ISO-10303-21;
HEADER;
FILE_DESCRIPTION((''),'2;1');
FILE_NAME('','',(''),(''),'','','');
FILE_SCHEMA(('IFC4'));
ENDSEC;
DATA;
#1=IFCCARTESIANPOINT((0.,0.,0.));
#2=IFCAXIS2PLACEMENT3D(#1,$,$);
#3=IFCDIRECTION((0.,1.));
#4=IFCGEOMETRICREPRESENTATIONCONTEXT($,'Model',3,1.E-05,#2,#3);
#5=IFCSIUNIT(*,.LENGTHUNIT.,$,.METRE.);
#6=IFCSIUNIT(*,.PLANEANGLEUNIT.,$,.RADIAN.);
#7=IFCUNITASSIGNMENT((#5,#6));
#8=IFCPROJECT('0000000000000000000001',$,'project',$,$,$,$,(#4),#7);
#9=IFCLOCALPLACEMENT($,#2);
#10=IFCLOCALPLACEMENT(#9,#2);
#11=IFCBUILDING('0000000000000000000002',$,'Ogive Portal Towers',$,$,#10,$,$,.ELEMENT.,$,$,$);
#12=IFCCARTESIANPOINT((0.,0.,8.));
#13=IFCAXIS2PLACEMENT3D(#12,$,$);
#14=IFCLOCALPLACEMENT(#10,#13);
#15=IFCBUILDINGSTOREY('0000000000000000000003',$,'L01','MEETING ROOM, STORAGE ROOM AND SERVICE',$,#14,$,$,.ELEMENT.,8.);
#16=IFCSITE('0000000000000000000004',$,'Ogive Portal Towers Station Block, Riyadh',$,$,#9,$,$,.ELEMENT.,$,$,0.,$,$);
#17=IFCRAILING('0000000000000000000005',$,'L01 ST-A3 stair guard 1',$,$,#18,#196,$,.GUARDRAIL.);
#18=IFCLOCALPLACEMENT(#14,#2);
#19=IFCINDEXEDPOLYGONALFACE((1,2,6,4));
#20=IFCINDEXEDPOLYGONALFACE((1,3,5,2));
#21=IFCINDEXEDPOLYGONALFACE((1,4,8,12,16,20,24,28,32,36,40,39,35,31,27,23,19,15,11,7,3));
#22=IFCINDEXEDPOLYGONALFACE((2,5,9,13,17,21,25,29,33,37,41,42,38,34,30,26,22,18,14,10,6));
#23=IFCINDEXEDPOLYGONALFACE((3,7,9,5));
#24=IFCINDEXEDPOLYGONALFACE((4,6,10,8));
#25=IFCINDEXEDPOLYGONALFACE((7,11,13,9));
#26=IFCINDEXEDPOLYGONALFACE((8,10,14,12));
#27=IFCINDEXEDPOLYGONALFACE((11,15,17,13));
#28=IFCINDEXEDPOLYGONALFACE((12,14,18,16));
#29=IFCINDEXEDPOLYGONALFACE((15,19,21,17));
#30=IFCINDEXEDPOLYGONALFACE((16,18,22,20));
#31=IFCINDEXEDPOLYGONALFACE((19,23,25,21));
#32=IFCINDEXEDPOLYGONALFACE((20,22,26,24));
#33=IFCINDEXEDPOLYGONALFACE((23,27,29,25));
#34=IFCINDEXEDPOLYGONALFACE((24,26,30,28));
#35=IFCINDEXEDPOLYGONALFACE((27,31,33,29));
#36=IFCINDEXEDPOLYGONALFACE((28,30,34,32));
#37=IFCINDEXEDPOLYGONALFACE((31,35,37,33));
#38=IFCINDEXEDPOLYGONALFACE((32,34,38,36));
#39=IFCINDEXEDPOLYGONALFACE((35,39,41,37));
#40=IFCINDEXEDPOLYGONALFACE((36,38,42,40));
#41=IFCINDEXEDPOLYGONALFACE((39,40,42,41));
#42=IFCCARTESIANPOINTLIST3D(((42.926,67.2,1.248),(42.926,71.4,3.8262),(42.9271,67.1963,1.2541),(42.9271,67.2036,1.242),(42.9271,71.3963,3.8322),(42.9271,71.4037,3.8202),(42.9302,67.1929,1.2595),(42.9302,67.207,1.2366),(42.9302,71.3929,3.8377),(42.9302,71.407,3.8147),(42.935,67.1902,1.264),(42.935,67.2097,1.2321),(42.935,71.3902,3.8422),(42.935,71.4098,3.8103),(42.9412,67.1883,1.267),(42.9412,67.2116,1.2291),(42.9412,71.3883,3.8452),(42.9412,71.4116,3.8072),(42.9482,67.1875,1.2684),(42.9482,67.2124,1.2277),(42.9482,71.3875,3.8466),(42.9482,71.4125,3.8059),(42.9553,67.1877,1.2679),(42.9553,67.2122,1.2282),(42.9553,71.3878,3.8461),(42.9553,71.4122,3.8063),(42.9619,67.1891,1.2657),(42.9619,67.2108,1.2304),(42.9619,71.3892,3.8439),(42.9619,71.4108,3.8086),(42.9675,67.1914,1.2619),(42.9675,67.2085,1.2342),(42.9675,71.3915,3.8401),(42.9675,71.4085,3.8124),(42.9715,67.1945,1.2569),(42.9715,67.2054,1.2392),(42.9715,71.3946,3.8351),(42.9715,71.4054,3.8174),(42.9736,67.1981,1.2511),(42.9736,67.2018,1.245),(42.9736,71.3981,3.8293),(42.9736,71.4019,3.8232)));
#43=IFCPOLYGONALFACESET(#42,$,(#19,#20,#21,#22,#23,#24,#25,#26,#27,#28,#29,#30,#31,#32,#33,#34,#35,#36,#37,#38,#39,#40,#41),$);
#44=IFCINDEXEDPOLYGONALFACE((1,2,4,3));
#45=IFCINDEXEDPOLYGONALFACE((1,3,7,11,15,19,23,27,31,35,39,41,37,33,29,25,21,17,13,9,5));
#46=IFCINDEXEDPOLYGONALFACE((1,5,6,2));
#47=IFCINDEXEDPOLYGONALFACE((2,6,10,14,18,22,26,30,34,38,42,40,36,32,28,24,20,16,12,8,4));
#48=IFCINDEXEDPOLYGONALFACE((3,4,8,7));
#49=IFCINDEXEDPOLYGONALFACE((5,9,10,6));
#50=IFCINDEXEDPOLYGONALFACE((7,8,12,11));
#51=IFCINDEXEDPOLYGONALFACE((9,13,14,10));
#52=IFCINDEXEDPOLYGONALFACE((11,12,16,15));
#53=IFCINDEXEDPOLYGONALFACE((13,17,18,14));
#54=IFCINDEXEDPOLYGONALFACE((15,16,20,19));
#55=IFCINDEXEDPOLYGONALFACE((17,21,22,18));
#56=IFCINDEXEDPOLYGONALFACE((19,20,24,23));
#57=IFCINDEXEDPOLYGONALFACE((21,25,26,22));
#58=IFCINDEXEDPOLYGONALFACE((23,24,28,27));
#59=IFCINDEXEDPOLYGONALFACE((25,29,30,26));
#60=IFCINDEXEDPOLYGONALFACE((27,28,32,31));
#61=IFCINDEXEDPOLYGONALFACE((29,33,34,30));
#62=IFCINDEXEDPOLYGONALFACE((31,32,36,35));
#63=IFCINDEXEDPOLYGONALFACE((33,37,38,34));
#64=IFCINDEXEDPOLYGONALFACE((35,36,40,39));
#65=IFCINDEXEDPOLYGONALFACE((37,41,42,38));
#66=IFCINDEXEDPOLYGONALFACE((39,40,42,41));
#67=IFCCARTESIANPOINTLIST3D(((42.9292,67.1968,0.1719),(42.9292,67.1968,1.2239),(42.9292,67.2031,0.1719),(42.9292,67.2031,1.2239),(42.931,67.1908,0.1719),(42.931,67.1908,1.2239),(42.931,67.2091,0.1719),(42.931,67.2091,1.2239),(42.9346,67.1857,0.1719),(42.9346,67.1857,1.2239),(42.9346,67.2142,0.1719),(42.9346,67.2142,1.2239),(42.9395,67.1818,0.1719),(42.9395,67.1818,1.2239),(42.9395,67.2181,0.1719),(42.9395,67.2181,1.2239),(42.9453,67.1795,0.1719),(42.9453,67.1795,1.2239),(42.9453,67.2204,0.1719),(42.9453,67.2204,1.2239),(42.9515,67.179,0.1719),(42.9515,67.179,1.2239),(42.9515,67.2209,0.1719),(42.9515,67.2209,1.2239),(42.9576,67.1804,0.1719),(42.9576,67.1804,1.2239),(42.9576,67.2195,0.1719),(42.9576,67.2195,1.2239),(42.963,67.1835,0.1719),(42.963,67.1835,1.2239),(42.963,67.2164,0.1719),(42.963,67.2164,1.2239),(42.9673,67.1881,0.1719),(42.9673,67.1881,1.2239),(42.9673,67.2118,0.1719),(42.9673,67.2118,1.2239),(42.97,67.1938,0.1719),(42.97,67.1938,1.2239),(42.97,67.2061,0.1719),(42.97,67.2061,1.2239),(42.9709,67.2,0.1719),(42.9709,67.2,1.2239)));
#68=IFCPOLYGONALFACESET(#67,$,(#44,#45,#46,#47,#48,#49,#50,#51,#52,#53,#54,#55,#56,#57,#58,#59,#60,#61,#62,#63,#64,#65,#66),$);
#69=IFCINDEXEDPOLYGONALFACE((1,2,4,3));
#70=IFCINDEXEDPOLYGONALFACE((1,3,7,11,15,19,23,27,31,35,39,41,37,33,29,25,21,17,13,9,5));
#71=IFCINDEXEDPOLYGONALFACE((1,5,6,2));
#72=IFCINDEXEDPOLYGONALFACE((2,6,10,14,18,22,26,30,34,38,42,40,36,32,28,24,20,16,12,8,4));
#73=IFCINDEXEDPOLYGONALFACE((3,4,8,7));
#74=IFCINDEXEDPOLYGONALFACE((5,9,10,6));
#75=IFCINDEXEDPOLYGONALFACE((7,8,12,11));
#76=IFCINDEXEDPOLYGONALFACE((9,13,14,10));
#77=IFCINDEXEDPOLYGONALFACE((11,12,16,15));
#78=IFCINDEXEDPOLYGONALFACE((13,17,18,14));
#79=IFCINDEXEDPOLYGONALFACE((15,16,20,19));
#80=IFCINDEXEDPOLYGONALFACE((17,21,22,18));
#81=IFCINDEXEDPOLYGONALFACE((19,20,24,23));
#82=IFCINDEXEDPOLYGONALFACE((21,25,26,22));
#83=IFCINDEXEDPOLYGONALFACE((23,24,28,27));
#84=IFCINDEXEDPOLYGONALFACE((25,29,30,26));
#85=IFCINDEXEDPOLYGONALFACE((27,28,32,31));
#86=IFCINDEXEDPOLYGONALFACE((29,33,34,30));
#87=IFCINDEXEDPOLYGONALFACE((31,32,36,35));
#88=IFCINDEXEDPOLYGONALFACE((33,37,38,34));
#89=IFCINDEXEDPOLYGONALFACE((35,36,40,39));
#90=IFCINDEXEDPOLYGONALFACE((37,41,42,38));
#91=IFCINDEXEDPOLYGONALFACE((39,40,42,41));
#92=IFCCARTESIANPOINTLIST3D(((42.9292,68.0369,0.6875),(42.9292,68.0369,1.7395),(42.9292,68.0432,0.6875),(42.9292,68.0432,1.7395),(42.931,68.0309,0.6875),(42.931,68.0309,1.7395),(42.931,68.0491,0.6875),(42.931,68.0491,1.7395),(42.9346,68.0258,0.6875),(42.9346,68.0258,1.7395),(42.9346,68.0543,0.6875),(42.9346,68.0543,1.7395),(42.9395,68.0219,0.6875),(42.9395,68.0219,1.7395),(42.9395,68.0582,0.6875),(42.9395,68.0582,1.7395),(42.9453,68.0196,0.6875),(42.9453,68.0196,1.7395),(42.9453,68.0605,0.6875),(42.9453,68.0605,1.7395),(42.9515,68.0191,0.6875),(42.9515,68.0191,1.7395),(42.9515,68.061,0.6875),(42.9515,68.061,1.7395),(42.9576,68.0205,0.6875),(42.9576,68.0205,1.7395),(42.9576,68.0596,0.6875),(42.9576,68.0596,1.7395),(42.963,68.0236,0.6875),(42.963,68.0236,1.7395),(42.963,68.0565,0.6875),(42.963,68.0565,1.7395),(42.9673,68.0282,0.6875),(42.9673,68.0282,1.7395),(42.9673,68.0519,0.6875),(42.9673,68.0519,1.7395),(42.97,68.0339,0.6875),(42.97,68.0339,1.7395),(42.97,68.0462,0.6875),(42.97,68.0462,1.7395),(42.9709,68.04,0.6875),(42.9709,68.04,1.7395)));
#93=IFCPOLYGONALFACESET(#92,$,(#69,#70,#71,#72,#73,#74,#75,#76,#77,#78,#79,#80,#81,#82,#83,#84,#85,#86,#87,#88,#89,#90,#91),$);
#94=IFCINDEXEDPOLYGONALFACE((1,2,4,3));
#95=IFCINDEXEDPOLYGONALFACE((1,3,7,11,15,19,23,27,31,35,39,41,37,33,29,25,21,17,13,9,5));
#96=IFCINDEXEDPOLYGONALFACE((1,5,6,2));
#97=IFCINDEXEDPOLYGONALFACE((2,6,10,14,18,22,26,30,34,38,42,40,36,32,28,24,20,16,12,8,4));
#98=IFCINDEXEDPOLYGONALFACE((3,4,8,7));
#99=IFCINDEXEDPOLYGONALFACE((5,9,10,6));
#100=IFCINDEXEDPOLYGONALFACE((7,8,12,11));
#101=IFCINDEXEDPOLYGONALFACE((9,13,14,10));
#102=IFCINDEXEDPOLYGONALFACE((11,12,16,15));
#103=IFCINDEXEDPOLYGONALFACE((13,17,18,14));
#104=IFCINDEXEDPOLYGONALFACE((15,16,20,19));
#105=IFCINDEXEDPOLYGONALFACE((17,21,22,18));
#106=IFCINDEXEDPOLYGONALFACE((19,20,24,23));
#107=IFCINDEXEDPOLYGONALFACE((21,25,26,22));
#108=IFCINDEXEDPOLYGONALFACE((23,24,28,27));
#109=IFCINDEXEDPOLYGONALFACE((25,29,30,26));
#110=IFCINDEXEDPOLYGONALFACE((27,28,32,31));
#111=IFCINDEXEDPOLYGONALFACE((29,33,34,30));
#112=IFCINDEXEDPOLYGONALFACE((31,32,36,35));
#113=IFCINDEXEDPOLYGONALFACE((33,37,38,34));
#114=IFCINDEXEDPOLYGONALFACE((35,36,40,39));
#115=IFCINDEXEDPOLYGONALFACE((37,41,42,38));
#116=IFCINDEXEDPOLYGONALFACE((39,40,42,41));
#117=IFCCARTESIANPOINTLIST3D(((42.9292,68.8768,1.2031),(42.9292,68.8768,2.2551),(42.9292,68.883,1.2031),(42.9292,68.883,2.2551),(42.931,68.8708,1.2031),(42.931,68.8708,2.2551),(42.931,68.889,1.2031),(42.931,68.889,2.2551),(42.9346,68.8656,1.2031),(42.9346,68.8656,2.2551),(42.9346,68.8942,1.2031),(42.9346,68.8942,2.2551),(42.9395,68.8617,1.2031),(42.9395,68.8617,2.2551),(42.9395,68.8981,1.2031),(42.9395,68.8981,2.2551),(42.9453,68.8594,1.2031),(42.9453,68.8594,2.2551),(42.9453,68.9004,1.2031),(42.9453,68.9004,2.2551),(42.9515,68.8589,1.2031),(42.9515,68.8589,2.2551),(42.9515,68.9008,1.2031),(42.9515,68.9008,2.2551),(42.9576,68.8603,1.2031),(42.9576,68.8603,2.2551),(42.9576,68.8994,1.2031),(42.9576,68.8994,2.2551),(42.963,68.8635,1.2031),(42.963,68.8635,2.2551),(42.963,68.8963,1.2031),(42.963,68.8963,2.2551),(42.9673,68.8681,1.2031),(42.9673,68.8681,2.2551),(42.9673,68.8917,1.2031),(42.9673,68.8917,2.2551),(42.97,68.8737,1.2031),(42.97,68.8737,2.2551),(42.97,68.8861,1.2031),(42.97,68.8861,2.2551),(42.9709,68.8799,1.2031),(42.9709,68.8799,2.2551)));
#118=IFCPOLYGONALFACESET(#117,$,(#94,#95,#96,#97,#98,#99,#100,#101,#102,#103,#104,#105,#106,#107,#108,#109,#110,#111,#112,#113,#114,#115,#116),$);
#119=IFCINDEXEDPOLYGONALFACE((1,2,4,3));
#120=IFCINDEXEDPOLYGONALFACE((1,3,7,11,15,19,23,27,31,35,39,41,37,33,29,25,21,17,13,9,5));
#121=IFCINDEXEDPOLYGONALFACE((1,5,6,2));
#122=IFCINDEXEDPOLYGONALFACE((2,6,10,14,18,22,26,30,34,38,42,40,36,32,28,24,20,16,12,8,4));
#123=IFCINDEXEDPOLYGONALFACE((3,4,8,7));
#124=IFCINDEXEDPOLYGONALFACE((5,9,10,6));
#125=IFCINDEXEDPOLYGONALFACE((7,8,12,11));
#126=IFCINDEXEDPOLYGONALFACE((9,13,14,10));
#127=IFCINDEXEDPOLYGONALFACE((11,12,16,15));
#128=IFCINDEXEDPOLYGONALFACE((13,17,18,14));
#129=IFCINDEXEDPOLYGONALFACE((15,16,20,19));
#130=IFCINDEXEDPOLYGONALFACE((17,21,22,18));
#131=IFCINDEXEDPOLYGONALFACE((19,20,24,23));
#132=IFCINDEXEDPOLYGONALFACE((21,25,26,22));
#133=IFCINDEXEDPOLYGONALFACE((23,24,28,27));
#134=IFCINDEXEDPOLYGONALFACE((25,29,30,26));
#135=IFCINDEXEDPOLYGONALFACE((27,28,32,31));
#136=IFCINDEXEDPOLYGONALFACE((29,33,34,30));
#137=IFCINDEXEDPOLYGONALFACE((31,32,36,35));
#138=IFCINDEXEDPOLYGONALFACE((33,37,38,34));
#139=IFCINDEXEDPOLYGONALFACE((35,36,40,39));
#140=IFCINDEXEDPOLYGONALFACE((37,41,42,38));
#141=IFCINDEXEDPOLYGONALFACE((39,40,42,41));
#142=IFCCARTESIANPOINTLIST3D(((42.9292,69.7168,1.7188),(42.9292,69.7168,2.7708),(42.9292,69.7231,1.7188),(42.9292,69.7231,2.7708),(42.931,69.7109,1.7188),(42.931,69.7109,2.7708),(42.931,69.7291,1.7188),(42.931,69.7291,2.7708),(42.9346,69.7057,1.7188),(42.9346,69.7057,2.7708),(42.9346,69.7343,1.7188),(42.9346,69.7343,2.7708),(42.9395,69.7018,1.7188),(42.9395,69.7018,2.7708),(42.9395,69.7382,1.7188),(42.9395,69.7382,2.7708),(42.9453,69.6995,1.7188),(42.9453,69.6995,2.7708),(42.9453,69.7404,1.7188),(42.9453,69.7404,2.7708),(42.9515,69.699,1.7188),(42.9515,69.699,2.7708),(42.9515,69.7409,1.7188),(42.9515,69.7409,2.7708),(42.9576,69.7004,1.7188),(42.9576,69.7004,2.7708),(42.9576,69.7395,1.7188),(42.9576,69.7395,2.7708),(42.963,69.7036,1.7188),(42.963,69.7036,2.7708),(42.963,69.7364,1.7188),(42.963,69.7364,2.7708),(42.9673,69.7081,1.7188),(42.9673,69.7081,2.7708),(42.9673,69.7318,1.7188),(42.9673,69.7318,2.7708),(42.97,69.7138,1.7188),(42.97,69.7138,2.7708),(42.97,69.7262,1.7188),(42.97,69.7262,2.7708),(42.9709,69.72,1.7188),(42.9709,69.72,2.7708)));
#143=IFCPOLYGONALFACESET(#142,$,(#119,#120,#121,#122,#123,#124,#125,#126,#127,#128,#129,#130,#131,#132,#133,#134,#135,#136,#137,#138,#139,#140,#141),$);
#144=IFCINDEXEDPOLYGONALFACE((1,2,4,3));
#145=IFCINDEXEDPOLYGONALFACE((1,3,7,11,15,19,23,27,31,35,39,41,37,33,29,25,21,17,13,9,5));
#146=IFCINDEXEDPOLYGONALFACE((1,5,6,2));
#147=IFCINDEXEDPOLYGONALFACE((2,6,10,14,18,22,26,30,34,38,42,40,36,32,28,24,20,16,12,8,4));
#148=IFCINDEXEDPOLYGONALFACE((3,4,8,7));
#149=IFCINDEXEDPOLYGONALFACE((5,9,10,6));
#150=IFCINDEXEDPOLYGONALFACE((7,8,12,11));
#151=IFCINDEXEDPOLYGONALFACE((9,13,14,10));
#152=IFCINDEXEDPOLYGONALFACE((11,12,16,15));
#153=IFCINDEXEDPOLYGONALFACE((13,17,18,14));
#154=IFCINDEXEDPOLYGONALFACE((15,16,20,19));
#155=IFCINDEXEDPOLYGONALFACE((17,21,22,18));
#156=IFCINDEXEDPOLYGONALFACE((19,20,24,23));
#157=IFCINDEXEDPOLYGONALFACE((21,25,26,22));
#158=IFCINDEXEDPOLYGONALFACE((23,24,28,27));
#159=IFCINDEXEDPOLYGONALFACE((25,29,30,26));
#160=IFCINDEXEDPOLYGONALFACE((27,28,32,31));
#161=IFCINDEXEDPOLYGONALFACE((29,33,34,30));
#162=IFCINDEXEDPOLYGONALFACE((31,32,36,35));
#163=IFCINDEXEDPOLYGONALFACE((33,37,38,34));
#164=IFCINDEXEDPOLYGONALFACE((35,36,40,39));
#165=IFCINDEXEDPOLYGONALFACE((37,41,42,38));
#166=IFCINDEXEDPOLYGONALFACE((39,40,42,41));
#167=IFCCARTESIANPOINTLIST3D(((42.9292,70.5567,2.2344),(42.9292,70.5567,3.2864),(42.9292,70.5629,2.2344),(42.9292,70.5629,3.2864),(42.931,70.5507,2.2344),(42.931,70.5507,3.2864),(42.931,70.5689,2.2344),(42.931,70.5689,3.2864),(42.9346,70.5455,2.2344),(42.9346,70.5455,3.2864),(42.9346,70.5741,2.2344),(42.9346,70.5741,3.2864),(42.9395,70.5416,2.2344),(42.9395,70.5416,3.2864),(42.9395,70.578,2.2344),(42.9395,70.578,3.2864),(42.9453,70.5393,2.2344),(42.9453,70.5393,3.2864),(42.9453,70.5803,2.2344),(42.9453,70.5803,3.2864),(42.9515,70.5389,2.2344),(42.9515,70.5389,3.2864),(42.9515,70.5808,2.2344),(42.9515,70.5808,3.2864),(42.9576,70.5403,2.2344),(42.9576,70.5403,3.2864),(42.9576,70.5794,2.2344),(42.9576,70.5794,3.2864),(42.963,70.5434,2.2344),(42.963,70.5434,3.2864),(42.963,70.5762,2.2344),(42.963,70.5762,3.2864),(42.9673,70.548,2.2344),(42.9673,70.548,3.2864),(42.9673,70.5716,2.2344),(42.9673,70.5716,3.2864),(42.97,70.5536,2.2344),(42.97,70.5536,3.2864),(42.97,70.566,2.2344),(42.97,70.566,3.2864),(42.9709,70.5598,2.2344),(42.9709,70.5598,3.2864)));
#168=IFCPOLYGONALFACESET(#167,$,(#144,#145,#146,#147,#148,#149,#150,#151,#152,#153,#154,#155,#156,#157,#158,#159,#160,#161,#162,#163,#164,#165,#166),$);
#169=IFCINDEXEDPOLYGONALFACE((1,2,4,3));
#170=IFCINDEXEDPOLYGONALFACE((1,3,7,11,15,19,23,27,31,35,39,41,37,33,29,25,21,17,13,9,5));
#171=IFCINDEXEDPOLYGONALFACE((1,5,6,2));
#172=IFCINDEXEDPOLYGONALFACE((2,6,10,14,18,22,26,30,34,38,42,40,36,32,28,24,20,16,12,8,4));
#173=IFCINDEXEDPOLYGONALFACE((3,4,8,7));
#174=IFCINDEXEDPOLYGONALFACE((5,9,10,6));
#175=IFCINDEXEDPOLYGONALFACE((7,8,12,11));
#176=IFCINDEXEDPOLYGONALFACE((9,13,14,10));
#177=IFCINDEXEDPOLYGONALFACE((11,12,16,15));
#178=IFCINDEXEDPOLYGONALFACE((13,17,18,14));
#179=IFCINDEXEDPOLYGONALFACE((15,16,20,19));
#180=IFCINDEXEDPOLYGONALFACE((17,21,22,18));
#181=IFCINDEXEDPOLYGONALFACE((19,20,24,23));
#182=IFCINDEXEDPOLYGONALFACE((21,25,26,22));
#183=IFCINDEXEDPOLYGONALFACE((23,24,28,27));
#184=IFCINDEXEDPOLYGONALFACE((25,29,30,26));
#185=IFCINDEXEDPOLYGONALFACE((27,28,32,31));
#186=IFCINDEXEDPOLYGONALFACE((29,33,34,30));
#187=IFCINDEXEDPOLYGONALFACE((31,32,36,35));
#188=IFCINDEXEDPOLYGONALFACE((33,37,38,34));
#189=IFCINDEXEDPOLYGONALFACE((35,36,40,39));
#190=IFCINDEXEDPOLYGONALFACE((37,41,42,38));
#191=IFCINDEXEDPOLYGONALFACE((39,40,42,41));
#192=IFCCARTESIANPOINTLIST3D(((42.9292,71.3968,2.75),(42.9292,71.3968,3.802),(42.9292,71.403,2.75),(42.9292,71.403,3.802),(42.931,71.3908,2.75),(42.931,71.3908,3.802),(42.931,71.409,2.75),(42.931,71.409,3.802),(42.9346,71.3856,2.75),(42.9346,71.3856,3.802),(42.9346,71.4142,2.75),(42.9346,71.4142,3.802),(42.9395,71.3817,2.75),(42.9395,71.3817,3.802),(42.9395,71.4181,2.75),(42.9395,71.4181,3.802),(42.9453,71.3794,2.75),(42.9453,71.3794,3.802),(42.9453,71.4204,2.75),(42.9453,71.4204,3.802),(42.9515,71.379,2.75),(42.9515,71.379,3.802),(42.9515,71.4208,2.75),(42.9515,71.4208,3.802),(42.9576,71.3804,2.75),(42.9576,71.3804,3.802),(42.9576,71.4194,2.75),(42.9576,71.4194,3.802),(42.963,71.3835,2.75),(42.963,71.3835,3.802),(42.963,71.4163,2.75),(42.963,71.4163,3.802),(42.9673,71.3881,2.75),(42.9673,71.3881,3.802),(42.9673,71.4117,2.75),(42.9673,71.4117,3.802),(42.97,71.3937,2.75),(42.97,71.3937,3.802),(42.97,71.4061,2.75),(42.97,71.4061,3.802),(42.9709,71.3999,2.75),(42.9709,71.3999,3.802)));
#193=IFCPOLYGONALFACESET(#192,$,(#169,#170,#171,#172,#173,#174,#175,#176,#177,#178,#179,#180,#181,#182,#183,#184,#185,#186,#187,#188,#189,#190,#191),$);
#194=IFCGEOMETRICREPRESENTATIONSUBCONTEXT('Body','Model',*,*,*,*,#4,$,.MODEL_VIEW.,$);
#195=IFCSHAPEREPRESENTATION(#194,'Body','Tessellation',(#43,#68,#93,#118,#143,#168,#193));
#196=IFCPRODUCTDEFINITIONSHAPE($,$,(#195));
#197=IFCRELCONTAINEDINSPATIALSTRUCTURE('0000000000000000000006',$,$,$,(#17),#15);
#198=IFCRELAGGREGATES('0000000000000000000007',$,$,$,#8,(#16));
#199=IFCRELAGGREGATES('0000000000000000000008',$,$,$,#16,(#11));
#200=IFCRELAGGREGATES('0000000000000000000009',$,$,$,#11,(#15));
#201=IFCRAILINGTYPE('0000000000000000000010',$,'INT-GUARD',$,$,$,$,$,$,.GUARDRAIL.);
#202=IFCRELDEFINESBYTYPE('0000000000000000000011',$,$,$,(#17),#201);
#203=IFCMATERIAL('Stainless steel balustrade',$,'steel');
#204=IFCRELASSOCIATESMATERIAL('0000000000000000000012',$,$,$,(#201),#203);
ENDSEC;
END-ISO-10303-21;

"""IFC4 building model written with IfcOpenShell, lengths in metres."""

from ifc_helpers import new_model, si_unit, direction, frame, origin, origin_2d, place, context, subcontext, project, spatial, circle, extrude, material, type_object, element, save


model = new_model("IFC4")

# Units and contexts
model_context = context("Model", 3, precision=1e-05, world=origin(), true_north=direction((0.0, 1.0)))
body_context = subcontext(model_context, "Body", "Model", "MODEL_VIEW")
ifc_project = project(units=[si_unit("LENGTHUNIT", "METRE"), si_unit("PLANEANGLEUNIT", "RADIAN")], contexts=[model_context])

# Site, building, storey
site_placement = place(None, origin())
site = spatial("IfcSite", under=ifc_project, at=site_placement, Name="Ogive Portal Towers Station Block, Riyadh", CompositionType="ELEMENT", RefElevation=0.0)
building_placement = place(site_placement, origin())
building = spatial("IfcBuilding", under=site, at=building_placement, Name="Ogive Portal Towers", CompositionType="ELEMENT")
storey_placement = place(building_placement, frame((0.0, 0.0, 8.0)))
storey = spatial("IfcBuildingStorey", under=building, at=storey_placement, Name="L01", Description="MEETING ROOM, STORAGE ROOM AND SERVICE", CompositionType="ELEMENT", Elevation=8.0)

# Railing
ifc_material_1 = material(Name="Stainless steel balustrade", Category="steel")
railing_type_1 = type_object("IfcRailingType", Name="INT-GUARD", PredefinedType="GUARDRAIL", material=ifc_material_1)
railing_1_placement = place(storey_placement, frame((42.95, 67.2, 0.1719)))
element("IfcRailing", 1, at=railing_1_placement, inside=storey, type_object=railing_type_1, Name="L01 ST-A3 stair guard 1", PredefinedType="GUARDRAIL", context=body_context, shape_type="SweptSolid", body=[
    extrude(circle(Radius=0.0239, at=origin_2d()), frame((0.0, 0.0, 1.0762), z_axis=(0.0, 0.852243, 0.523146), x_axis=(-1.0, 0.0, 0.0)), (0.0, 0.0, 1.0), 4.9282),
    extrude(circle(Radius=0.021, at=origin_2d()), origin(), (0.0, 0.0, 1.0), 1.052),
    extrude(circle(Radius=0.021, at=origin_2d()), frame((0.0, 0.8401, 0.5156)), (0.0, 0.0, 1.0), 1.052),
    extrude(circle(Radius=0.021, at=origin_2d()), frame((0.0, 1.6799, 1.0312)), (0.0, 0.0, 1.0), 1.052),
    extrude(circle(Radius=0.021, at=origin_2d()), frame((0.0, 2.52, 1.5469)), (0.0, 0.0, 1.0), 1.052),
    extrude(circle(Radius=0.021, at=origin_2d()), frame((0.0, 3.3599, 2.0625)), (0.0, 0.0, 1.0), 1.052),
    extrude(circle(Radius=0.021, at=origin_2d()), frame((0.0, 4.2, 2.5781)), (0.0, 0.0, 1.0), 1.052),
])

save(model, "model.ifc")
